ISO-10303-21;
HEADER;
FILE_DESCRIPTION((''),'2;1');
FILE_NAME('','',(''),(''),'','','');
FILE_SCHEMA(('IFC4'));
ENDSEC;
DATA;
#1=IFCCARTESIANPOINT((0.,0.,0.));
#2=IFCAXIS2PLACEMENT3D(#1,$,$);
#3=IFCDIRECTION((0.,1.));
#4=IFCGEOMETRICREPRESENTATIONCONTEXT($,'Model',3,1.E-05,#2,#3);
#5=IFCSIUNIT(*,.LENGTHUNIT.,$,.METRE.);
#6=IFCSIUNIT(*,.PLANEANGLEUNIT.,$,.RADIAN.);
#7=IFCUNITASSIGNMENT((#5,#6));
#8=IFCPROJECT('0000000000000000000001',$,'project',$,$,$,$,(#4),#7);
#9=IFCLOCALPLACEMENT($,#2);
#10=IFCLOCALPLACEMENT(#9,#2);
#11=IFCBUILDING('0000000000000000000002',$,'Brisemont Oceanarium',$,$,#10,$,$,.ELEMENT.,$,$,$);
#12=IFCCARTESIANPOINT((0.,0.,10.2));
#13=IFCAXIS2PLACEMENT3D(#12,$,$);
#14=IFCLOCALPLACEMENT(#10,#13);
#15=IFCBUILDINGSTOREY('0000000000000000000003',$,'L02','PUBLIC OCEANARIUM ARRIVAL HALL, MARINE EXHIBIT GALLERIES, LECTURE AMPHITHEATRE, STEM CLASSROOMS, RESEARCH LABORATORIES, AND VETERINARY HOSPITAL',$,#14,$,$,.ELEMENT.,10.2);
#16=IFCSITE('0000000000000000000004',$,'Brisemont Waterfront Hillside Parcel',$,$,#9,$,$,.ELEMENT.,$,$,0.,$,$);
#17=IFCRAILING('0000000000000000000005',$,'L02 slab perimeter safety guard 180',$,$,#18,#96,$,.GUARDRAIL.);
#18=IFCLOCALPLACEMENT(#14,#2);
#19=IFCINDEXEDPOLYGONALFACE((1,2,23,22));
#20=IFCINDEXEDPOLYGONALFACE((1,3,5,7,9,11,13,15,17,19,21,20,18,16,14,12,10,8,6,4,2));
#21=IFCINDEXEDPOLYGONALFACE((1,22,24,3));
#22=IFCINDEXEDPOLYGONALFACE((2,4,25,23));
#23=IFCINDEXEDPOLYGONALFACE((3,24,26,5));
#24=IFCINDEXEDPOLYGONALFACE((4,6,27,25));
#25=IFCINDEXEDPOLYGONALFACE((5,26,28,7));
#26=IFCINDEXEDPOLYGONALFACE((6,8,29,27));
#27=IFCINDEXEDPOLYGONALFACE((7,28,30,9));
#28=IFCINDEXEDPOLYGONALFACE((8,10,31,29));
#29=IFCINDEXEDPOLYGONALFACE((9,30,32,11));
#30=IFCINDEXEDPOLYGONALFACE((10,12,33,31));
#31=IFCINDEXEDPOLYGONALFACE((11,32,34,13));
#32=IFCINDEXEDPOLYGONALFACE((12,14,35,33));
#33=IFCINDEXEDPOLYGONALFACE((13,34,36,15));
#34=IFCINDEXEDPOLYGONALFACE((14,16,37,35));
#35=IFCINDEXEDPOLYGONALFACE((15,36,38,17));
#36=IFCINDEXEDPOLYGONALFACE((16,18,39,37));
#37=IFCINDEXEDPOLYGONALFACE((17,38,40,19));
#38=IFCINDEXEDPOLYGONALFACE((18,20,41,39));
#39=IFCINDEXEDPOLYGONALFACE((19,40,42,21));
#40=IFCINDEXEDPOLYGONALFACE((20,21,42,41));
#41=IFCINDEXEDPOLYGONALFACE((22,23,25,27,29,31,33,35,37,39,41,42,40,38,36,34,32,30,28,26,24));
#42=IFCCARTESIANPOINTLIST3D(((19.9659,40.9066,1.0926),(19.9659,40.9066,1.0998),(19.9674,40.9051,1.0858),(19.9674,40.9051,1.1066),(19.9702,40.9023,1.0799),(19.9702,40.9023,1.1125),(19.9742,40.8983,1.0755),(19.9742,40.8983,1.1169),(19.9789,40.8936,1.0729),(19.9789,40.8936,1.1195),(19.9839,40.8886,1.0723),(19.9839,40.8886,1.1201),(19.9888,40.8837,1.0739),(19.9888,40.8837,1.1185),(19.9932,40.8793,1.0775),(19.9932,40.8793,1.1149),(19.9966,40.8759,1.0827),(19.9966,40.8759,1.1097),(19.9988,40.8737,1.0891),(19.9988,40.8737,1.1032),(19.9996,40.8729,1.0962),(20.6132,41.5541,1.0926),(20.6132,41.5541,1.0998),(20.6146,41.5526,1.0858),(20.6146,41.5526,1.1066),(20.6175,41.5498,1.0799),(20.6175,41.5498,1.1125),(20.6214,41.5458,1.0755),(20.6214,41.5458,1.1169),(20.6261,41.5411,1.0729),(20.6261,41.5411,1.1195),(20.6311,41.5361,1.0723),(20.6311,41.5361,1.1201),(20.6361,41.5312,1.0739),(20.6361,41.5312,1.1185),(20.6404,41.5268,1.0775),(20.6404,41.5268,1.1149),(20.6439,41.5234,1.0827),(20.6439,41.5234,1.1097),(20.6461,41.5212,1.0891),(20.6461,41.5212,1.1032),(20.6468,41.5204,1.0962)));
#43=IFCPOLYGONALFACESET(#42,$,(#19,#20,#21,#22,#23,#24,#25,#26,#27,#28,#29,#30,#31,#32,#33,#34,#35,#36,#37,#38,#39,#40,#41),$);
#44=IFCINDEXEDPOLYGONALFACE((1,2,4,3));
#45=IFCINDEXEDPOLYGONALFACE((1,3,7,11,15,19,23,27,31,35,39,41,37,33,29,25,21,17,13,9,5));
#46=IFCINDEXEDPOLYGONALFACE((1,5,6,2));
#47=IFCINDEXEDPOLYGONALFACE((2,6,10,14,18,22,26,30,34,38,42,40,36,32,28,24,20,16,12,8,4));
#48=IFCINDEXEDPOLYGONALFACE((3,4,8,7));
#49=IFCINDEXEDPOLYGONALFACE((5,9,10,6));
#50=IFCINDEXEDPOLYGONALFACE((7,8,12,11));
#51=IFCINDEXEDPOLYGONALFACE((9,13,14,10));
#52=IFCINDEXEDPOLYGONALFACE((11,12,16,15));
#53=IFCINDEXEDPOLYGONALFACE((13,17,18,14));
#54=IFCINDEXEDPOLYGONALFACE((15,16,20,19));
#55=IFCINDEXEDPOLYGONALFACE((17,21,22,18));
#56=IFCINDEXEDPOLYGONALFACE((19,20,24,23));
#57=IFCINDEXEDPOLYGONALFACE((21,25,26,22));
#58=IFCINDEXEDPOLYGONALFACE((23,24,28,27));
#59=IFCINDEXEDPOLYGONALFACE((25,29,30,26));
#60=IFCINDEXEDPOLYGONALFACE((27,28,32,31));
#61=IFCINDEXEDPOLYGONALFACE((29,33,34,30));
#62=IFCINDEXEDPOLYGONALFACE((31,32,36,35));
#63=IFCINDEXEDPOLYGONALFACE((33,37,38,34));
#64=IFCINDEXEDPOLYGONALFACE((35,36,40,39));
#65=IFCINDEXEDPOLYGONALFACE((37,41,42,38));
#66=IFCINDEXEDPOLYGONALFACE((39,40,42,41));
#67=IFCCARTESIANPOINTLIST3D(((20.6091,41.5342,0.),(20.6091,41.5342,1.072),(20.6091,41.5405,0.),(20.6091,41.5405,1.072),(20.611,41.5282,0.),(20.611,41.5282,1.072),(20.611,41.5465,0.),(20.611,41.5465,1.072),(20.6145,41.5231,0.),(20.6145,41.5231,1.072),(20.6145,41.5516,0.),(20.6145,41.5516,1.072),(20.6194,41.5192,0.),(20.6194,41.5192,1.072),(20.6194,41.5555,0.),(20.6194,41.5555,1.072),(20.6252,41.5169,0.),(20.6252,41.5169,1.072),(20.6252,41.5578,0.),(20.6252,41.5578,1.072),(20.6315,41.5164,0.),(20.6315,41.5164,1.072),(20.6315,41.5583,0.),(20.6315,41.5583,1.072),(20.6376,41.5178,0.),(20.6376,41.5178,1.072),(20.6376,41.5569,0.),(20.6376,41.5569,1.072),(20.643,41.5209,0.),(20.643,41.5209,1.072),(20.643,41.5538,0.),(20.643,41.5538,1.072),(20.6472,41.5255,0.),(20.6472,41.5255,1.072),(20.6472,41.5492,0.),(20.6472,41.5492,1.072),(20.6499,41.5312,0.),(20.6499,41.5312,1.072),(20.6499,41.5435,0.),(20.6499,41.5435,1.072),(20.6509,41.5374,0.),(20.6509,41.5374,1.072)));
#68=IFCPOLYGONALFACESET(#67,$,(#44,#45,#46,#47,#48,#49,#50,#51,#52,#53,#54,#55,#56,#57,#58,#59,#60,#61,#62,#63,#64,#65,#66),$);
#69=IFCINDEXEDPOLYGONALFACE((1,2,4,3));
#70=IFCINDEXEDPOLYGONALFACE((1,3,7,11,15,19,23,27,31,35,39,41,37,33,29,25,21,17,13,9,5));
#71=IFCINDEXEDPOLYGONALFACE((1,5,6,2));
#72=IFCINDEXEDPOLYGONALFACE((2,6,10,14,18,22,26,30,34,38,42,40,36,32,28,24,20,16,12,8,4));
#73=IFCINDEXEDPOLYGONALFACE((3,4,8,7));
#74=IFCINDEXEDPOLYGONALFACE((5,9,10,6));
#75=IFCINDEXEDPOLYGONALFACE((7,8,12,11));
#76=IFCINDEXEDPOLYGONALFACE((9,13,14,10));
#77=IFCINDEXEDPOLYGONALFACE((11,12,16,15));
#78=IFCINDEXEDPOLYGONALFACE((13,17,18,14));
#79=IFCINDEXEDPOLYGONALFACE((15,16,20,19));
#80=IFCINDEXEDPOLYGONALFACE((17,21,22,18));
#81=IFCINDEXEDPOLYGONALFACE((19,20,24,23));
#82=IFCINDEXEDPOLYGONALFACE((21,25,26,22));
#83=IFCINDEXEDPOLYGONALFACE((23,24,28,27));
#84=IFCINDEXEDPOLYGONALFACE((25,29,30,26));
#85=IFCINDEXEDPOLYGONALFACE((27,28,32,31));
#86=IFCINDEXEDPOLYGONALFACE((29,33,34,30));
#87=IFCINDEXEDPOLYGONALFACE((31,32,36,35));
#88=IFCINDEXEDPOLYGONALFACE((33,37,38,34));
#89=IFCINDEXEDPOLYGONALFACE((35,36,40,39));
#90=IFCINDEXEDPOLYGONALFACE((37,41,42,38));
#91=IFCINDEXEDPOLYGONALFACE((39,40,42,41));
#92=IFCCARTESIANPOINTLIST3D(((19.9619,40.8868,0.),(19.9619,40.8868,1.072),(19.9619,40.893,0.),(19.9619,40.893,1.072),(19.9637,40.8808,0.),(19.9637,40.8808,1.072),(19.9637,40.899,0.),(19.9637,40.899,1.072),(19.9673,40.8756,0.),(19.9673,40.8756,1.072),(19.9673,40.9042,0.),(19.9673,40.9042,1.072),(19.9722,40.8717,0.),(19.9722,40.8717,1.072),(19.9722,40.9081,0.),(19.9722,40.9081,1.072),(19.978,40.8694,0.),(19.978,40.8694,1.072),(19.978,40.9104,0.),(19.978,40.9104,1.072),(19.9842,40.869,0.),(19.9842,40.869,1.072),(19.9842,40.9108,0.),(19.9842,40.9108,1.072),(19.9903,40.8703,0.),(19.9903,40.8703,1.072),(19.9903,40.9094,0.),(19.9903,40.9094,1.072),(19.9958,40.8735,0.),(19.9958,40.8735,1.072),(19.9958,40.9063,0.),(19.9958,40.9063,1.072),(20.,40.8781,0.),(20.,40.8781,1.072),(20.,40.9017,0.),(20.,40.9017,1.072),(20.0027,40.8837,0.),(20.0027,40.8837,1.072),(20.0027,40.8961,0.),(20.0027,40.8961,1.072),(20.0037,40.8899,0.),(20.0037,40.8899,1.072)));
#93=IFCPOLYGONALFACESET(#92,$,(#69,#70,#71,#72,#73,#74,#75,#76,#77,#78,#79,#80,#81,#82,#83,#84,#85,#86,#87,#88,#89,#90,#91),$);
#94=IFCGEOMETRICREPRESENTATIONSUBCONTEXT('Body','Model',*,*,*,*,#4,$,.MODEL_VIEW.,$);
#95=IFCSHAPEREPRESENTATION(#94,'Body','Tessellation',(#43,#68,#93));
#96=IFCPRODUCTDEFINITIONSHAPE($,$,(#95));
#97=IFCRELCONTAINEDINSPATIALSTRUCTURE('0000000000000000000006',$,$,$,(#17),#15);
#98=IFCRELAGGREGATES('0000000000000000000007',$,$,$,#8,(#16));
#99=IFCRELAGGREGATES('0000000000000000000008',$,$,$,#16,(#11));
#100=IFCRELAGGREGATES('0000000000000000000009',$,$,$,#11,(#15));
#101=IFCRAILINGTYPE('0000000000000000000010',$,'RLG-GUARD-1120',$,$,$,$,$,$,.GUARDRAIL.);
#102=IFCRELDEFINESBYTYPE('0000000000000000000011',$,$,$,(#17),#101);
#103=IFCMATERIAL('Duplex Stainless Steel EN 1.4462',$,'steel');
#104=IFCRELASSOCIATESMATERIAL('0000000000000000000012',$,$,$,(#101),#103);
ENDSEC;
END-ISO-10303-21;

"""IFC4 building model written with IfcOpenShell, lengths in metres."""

from ifc_helpers import new_model, si_unit, direction, frame, origin, origin_2d, place, context, subcontext, project, spatial, circle, extrude, material, type_object, element, save


model = new_model("IFC4")

# Units and contexts
model_context = context("Model", 3, precision=1e-05, world=origin(), true_north=direction((0.0, 1.0)))
body_context = subcontext(model_context, "Body", "Model", "MODEL_VIEW")
ifc_project = project(units=[si_unit("LENGTHUNIT", "METRE"), si_unit("PLANEANGLEUNIT", "RADIAN")], contexts=[model_context])

# Site, building, storey
site_placement = place(None, origin())
site = spatial("IfcSite", under=ifc_project, at=site_placement, Name="Brisemont Waterfront Hillside Parcel", CompositionType="ELEMENT", RefElevation=0.0)
building_placement = place(site_placement, origin())
building = spatial("IfcBuilding", under=site, at=building_placement, Name="Brisemont Oceanarium", CompositionType="ELEMENT")
storey_placement = place(building_placement, frame((0.0, 0.0, 10.2)))
storey = spatial("IfcBuildingStorey", under=building, at=storey_placement, Name="L02", Description="PUBLIC OCEANARIUM ARRIVAL HALL, MARINE EXHIBIT GALLERIES, LECTURE AMPHITHEATRE, STEM CLASSROOMS, RESEARCH LABORATORIES, AND VETERINARY HOSPITAL", CompositionType="ELEMENT", Elevation=10.2)

# Railing
ifc_material_1 = material(Name="Duplex Stainless Steel EN 1.4462", Category="steel")
railing_type = type_object("IfcRailingType", Name="RLG-GUARD-1120", PredefinedType="GUARDRAIL", material=ifc_material_1)
railing_1_placement = place(storey_placement, frame((20.6299, 41.5374, 0.0)))
element("IfcRailing", 1, at=railing_1_placement, inside=storey, type_object=railing_type, Name="L02 slab perimeter safety guard 180", PredefinedType="GUARDRAIL", context=body_context, shape_type="SweptSolid", body=[
    extrude(circle(Radius=0.0239, at=origin_2d()), frame((0.0, 0.0, 1.0962), z_axis=(-0.706973, -0.70724, 0.0), x_axis=(0.70724, -0.706973, 0.0)), (0.0, 0.0, 1.0), 0.9155),
    extrude(circle(Radius=0.021, at=origin_2d()), origin(), (0.0, 0.0, 1.0), 1.072),
    extrude(circle(Radius=0.021, at=origin_2d()), frame((-0.6472, -0.6475, 0.0)), (0.0, 0.0, 1.0), 1.072),
])

save(model, "model.ifc")
